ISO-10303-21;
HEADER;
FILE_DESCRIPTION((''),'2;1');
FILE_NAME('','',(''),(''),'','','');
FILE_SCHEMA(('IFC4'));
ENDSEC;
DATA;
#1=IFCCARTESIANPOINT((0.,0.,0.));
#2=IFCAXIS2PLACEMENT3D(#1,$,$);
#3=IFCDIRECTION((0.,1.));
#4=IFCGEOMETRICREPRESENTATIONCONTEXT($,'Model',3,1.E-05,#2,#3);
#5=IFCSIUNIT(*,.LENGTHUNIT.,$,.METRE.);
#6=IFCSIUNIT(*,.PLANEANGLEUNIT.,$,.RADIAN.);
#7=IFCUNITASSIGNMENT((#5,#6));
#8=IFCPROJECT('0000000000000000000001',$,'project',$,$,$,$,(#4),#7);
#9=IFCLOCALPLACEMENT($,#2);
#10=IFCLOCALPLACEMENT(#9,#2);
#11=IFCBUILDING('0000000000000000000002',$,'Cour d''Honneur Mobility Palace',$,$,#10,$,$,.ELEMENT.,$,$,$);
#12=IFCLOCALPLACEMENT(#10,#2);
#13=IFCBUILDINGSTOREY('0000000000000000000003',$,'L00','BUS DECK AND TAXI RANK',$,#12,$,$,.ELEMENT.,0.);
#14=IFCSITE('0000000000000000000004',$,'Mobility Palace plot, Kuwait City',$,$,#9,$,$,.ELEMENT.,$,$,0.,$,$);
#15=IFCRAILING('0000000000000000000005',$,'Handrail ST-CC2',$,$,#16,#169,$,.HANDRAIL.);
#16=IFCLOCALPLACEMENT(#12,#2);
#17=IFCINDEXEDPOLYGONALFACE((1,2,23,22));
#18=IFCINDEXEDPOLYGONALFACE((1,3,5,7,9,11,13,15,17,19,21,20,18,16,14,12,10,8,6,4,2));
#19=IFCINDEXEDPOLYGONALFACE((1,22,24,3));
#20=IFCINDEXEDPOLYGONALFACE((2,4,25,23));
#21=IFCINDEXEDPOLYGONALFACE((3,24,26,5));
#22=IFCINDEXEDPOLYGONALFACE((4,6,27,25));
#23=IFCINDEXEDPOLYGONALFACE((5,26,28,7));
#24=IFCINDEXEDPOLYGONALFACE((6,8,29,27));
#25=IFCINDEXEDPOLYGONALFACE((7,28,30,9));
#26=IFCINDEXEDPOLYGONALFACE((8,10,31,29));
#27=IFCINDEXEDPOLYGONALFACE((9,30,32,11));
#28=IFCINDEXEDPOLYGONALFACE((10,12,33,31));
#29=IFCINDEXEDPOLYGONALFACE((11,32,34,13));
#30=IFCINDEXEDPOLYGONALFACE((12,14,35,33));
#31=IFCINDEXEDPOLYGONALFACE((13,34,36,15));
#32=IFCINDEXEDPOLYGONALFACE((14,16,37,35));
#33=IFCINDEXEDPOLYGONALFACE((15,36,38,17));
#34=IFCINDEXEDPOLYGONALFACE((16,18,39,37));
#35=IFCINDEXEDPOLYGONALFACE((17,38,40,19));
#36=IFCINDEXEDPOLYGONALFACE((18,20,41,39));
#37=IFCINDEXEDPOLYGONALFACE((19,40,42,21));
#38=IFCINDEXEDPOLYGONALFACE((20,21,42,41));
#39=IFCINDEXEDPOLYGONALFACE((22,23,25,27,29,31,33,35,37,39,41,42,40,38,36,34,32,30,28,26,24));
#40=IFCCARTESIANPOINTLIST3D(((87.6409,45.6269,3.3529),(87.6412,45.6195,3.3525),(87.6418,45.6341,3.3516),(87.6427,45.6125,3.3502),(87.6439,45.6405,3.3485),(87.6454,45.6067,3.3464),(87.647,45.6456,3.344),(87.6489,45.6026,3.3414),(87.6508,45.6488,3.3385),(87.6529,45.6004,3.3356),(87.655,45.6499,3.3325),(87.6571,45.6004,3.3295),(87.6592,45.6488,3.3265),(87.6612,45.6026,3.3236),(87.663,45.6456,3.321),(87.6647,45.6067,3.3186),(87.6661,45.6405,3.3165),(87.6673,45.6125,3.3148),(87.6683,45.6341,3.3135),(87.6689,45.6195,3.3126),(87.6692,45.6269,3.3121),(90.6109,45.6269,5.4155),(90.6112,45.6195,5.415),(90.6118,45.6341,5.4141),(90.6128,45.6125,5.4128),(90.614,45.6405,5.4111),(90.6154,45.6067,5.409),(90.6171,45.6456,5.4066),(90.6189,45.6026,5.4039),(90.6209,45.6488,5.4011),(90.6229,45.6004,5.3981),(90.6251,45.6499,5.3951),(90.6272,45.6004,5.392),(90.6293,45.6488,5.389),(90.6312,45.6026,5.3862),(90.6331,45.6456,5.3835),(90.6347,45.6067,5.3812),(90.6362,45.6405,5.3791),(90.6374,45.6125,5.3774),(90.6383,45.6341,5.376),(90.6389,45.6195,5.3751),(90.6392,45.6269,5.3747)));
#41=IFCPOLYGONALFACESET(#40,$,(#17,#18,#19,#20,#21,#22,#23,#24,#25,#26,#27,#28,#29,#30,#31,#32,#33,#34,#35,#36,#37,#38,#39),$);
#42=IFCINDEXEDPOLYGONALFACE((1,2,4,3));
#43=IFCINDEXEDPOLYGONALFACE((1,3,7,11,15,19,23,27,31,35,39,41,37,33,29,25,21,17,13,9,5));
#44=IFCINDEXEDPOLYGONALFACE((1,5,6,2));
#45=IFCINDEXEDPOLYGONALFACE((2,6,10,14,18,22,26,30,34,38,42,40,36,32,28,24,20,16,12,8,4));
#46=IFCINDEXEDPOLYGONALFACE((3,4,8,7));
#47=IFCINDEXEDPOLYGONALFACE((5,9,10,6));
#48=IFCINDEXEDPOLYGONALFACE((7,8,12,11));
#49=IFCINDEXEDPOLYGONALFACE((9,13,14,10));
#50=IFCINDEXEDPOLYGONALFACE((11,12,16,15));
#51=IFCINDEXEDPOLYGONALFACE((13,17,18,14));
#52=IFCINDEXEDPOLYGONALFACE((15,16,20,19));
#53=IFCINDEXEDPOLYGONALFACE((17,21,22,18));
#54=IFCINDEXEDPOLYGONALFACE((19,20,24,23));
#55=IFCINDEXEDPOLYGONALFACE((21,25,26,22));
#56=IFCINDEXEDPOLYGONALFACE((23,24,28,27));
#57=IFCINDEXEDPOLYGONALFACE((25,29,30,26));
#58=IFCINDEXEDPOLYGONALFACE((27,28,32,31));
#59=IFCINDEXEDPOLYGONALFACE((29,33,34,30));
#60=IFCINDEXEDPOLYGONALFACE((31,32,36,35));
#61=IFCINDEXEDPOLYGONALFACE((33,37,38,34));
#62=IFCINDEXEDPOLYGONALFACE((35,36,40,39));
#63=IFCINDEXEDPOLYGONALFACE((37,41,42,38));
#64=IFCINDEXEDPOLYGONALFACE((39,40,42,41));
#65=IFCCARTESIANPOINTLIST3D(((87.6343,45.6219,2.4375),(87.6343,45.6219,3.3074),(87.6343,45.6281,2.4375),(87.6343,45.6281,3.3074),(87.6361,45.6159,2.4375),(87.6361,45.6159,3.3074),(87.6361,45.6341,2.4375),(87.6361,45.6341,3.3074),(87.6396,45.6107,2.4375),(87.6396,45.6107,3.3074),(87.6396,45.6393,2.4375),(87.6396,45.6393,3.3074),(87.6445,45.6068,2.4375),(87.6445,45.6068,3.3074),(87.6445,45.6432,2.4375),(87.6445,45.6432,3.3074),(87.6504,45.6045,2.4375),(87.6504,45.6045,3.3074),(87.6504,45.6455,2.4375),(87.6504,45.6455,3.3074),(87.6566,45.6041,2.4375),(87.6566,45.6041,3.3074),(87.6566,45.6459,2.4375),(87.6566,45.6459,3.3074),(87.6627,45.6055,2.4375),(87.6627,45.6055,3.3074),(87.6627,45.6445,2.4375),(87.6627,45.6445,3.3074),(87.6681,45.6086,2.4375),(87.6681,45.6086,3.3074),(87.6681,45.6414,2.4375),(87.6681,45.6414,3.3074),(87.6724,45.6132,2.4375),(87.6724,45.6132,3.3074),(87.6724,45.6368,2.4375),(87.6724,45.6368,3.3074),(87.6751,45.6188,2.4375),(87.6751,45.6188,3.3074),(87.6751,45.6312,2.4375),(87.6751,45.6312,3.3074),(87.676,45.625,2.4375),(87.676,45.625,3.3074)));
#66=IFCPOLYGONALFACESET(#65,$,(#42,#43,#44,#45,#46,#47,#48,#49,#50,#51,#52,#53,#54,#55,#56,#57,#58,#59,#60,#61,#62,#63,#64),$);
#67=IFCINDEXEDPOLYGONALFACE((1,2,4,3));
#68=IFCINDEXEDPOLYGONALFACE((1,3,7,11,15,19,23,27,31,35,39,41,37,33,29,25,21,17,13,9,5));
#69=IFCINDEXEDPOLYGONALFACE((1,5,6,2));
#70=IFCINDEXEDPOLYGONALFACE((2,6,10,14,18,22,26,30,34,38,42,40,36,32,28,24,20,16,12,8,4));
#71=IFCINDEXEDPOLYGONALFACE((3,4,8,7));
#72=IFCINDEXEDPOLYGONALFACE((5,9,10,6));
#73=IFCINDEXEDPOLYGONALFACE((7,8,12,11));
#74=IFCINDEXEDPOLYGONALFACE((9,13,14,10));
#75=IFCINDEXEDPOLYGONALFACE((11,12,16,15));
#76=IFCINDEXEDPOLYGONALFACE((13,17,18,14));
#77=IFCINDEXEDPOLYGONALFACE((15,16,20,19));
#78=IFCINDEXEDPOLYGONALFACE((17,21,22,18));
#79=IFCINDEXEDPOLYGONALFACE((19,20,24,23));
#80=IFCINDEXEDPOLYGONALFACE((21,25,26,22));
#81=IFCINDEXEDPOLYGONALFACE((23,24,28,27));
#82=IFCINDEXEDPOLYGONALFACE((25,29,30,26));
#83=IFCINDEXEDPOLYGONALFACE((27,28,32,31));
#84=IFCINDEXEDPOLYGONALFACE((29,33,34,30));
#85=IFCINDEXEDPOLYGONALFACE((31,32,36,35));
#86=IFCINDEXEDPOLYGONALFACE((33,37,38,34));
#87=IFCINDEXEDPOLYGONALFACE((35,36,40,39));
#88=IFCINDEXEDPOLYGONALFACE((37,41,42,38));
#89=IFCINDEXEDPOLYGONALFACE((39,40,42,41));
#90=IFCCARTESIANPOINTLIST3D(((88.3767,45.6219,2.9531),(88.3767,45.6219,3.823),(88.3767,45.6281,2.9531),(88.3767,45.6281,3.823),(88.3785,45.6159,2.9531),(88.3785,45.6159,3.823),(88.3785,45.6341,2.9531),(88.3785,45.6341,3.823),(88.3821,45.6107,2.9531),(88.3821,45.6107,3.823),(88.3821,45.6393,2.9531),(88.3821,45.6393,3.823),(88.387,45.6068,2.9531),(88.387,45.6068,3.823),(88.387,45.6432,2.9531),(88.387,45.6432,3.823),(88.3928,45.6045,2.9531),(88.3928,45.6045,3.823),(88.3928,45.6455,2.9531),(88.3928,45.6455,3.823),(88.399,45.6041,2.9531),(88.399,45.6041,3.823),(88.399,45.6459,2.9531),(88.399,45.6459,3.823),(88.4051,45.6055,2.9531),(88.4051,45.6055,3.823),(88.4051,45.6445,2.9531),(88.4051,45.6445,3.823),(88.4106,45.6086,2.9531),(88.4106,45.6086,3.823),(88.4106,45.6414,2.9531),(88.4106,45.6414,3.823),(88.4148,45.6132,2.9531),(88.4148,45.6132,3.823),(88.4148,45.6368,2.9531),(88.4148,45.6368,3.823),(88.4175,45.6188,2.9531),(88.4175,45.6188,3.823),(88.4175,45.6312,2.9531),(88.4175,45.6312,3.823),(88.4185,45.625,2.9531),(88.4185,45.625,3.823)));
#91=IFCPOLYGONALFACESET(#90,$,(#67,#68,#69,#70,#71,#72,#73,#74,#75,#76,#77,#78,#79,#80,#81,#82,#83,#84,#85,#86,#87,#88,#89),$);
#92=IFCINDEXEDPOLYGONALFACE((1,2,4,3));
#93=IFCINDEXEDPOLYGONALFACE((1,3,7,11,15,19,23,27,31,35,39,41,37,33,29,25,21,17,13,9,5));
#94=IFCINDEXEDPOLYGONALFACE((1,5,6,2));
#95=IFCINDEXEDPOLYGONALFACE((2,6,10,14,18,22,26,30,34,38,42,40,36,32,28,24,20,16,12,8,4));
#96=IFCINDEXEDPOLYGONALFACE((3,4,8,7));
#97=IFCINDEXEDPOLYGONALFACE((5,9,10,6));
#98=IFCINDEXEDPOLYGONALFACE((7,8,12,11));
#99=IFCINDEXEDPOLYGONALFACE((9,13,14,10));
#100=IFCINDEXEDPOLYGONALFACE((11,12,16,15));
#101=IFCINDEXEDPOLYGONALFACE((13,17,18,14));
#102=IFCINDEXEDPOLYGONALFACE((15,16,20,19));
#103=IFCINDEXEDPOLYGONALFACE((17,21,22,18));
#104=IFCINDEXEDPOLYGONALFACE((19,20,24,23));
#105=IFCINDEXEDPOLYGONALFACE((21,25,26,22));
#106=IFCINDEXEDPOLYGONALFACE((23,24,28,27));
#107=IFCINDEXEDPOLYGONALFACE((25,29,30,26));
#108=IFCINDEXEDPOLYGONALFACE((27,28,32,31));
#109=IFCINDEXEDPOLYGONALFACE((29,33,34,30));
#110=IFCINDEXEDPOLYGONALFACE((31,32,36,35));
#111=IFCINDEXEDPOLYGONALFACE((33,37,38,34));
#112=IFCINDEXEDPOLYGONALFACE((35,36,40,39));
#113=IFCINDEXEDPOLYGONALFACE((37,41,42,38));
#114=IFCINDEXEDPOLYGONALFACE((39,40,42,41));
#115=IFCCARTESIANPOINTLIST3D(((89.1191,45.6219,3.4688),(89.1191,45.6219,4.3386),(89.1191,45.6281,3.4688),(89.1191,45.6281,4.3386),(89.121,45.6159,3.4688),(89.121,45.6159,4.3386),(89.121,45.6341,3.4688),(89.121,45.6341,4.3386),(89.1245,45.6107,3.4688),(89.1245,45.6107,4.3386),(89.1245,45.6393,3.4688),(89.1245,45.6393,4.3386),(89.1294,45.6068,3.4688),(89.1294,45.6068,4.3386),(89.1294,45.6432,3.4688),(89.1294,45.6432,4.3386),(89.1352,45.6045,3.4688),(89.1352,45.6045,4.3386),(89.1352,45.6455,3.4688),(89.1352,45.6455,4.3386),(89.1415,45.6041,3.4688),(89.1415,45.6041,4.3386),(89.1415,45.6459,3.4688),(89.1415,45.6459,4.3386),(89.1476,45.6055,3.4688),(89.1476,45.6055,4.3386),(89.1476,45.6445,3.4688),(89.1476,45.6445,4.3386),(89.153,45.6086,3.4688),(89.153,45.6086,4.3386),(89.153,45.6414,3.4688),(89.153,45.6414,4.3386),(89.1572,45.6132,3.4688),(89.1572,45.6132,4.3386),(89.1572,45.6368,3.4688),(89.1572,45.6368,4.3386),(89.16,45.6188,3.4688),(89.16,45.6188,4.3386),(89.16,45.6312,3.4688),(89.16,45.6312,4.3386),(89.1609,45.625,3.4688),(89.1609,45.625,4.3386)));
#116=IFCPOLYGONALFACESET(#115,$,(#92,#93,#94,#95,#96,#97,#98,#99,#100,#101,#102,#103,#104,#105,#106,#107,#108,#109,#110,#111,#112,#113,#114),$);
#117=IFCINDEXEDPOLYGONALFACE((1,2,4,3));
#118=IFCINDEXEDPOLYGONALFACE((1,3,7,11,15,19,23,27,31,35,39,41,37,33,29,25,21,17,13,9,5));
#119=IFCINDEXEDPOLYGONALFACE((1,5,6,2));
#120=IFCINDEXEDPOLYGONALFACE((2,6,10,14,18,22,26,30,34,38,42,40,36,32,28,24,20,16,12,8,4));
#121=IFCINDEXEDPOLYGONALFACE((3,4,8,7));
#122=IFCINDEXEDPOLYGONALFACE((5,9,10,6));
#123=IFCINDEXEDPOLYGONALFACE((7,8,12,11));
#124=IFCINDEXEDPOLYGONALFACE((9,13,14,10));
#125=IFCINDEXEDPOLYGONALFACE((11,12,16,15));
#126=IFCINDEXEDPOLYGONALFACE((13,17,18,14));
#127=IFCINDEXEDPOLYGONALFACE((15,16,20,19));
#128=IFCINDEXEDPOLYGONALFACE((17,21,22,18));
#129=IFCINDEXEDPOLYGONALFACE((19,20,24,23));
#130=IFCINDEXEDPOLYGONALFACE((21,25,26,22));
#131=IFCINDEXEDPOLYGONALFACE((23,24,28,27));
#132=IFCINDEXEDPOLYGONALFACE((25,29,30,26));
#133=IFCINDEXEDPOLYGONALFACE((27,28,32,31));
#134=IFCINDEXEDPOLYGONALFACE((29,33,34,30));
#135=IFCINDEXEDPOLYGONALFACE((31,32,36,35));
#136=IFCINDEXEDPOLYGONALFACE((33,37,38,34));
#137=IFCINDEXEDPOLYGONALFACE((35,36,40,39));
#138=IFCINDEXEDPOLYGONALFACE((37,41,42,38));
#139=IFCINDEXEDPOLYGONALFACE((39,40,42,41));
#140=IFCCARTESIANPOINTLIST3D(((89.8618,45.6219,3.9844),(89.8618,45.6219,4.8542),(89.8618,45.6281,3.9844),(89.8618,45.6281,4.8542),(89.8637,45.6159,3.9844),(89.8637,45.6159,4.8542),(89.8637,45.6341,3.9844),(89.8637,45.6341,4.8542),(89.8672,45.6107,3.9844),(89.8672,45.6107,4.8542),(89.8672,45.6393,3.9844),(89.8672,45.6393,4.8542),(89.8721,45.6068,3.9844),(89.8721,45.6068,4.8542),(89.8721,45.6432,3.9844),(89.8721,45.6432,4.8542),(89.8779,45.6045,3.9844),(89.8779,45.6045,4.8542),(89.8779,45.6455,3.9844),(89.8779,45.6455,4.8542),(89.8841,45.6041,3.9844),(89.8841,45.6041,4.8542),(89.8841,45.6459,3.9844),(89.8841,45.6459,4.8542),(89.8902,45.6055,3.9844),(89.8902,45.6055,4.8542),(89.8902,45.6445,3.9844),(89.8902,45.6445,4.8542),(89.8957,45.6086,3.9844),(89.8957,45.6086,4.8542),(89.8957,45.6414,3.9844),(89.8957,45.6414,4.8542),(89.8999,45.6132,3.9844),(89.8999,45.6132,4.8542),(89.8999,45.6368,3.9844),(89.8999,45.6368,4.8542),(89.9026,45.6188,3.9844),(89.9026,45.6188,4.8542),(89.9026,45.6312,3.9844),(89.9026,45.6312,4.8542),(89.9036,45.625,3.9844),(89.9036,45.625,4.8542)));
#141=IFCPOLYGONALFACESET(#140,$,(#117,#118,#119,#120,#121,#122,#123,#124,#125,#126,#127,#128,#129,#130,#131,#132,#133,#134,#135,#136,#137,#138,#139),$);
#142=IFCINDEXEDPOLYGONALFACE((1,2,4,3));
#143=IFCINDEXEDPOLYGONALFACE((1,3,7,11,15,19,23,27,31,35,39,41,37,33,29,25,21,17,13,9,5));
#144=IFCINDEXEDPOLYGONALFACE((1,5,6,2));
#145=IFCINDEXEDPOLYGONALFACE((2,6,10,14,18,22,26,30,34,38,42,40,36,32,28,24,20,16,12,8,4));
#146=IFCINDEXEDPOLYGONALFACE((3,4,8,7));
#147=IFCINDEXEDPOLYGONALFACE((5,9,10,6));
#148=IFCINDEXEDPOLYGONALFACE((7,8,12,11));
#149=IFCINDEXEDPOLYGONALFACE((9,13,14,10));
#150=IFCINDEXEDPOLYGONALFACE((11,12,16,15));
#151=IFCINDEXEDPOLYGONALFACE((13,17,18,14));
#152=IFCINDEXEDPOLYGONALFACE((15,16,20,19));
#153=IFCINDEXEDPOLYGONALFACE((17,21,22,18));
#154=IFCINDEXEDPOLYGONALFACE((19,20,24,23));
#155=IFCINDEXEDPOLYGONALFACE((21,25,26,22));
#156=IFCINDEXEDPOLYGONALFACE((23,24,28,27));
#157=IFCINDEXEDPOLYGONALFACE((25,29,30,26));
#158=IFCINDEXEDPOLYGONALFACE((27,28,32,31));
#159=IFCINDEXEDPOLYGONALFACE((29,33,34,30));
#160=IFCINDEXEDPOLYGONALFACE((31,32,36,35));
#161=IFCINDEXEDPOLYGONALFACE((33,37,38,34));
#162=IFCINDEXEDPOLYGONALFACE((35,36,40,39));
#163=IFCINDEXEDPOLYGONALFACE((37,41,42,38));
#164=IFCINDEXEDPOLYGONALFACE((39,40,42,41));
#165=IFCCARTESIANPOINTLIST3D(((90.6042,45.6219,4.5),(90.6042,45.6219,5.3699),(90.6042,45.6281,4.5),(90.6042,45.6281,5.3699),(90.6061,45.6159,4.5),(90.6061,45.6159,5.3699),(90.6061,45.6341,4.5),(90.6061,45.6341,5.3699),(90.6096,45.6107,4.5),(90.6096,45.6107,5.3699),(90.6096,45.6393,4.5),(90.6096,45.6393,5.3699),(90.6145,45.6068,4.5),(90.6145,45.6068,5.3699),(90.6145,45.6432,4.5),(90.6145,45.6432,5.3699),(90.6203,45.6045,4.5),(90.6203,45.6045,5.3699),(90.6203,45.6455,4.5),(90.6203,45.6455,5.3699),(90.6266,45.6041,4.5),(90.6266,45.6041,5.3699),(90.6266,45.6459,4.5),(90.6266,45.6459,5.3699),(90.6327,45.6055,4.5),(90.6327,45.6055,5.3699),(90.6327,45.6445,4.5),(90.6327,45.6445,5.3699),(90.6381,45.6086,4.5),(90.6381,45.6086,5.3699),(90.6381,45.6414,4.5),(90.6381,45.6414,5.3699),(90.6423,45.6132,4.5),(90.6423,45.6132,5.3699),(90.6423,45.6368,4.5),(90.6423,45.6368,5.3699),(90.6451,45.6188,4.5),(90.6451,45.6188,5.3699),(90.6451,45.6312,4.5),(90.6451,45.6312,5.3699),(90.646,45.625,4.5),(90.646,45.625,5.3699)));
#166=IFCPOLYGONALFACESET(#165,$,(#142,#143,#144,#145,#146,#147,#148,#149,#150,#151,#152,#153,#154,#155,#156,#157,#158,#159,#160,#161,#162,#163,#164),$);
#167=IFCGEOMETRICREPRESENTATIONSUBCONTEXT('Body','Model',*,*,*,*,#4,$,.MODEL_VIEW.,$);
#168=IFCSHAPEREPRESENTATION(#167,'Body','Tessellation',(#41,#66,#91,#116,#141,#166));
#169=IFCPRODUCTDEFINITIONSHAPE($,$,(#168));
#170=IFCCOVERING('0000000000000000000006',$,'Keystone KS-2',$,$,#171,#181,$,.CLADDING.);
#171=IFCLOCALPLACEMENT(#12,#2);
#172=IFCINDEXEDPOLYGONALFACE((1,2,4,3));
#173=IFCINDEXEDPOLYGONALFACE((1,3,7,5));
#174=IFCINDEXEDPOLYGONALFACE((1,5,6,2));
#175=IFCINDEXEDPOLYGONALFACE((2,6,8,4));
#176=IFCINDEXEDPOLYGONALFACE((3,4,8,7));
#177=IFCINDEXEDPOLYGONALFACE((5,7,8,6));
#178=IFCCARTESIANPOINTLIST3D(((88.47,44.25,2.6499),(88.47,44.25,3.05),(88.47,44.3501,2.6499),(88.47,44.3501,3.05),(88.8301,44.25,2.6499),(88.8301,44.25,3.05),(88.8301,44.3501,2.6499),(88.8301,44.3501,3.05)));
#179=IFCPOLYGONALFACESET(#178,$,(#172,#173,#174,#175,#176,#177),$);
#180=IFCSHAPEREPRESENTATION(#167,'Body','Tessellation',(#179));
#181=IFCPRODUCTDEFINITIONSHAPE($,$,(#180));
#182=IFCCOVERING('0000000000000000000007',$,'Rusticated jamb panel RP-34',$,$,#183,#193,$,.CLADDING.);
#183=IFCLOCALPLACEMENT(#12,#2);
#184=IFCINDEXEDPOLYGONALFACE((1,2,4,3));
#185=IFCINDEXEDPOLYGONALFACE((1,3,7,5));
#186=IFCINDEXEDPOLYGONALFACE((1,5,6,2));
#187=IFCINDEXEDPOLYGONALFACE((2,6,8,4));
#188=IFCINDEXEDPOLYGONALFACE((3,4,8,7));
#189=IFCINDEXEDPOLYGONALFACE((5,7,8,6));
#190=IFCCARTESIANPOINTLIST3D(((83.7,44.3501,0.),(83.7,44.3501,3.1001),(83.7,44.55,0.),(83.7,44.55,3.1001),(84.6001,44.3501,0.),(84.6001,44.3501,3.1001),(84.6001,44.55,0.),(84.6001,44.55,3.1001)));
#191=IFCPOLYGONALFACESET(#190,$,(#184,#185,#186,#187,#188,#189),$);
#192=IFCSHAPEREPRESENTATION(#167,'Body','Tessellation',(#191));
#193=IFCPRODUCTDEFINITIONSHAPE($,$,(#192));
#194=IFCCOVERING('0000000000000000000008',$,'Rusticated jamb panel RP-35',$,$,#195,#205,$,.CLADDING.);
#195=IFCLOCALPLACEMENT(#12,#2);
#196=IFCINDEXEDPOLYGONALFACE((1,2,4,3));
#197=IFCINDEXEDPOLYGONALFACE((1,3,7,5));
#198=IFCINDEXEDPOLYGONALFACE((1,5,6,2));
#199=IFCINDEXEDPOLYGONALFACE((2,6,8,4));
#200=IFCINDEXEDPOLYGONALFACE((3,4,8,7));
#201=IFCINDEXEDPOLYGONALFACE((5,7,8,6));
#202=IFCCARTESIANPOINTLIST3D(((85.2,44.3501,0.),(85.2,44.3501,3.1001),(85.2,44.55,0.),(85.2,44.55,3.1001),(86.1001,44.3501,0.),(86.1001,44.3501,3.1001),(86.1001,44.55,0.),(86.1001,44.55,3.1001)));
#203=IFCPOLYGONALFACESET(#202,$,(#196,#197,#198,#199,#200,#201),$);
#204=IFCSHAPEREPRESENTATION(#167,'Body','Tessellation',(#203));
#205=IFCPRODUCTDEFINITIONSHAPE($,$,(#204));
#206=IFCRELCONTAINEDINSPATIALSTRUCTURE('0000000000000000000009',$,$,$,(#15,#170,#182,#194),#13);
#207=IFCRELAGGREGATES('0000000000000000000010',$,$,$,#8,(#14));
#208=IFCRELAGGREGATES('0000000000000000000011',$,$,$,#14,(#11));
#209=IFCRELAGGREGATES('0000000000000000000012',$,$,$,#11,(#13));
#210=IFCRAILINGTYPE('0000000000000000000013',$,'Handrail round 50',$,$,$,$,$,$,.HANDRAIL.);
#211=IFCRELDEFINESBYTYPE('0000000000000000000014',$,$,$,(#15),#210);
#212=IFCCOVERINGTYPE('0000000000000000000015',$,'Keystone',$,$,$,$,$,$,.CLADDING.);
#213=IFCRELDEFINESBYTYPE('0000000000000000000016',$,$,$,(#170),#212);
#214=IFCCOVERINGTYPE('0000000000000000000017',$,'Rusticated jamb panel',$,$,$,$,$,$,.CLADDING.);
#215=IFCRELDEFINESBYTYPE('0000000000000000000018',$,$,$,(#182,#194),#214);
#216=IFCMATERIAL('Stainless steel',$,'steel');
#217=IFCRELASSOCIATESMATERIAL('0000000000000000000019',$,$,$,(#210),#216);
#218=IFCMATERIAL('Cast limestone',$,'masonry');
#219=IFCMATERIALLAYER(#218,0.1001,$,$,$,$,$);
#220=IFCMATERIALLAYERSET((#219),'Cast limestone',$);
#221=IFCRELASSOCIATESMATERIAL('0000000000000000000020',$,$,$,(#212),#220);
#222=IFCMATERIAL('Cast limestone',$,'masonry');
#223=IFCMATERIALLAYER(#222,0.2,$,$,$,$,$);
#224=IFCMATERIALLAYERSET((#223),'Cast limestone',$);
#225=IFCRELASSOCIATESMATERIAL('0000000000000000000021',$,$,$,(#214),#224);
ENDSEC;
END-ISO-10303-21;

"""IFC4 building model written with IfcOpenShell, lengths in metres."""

from ifc_helpers import new_model, si_unit, direction, frame, origin, origin_2d, place, context, subcontext, project, spatial, polyline, circle, outline, extrude, material, layer, layer_set, type_object, element, save


model = new_model("IFC4")

# Units and contexts
model_context = context("Model", 3, precision=1e-05, world=origin(), true_north=direction((0.0, 1.0)))
body_context = subcontext(model_context, "Body", "Model", "MODEL_VIEW")
ifc_project = project(units=[si_unit("LENGTHUNIT", "METRE"), si_unit("PLANEANGLEUNIT", "RADIAN")], contexts=[model_context])

# Site, building, storey
site_placement = place(None, origin())
site = spatial("IfcSite", under=ifc_project, at=site_placement, Name="Mobility Palace plot, Kuwait City", CompositionType="ELEMENT", RefElevation=0.0)
building_placement = place(site_placement, origin())
building = spatial("IfcBuilding", under=site, at=building_placement, Name="Cour d'Honneur Mobility Palace", CompositionType="ELEMENT")
storey_placement = place(building_placement, origin())
storey = spatial("IfcBuildingStorey", under=building, at=storey_placement, Name="L00", Description="BUS DECK AND TAXI RANK", CompositionType="ELEMENT", Elevation=0.0)

# Railing
ifc_material_1 = material(Name="Stainless steel", Category="steel")
railing_type = type_object("IfcRailingType", Name="Handrail round 50", PredefinedType="HANDRAIL", material=ifc_material_1)
for number, where, name in (
    (1, (87.655, 45.625, 2.4375), "Handrail ST-CC2"),
):
    element("IfcRailing", number, at=place(storey_placement, frame(where)), inside=storey, type_object=railing_type, Name=name, PredefinedType="HANDRAIL", context=body_context, shape_type="SweptSolid", body=[
        extrude(circle(Radius=0.0249, at=origin_2d()), frame((0.0, 0.0, 0.895), z_axis=(0.821367, 0.0, 0.5704), x_axis=(0.0, 1.0, 0.0)), (0.0, 0.0, 1.0), 3.616),
        extrude(circle(Radius=0.021, at=origin_2d()), origin(), (0.0, 0.0, 1.0), 0.8699),
        extrude(circle(Radius=0.021, at=origin_2d()), frame((0.7424, 0.0, 0.5156)), (0.0, 0.0, 1.0), 0.8699),
        extrude(circle(Radius=0.021, at=origin_2d()), frame((1.4849, 0.0, 1.0312)), (0.0, 0.0, 1.0), 0.8699),
        extrude(circle(Radius=0.021, at=origin_2d()), frame((2.2275, 0.0, 1.5469)), (0.0, 0.0, 1.0), 0.8699),
        extrude(circle(Radius=0.021, at=origin_2d()), frame((2.97, 0.0, 2.0625)), (0.0, 0.0, 1.0), 0.8699),
    ])

# Coverings
ifc_material_2 = material(Name="Cast limestone", Category="masonry")
ifc_layer_1 = layer(ifc_material_2, 0.1001)
ifc_layer_set_1 = layer_set([ifc_layer_1], Name="Cast limestone")
covering_type_1 = type_object("IfcCoveringType", Name="Keystone", PredefinedType="CLADDING", material=ifc_layer_set_1)
covering_1_placement = place(storey_placement, frame((88.47, 44.25, 2.6499), z_axis=(0.0, -1.0, 0.0), x_axis=(1.0, 0.0, 0.0)))
element("IfcCovering", 2, at=covering_1_placement, inside=storey, type_object=covering_type_1, Name="Keystone KS-2", PredefinedType="CLADDING", context=body_context, shape_type="SweptSolid", body=[
    extrude(outline(polyline([(0.0, 0.0), (0.3601, 0.0), (0.3601, 0.4001), (0.0, 0.4001), (0.0, 0.0)])), origin(), (0.0, 0.0, -1.0), 0.1001),
])
ifc_material_3 = material(Name="Cast limestone", Category="masonry")
ifc_layer_2 = layer(ifc_material_3, 0.2)
ifc_layer_set_2 = layer_set([ifc_layer_2], Name="Cast limestone")
covering_type_2 = type_object("IfcCoveringType", Name="Rusticated jamb panel", PredefinedType="CLADDING", material=ifc_layer_set_2)
for number, where, z_axis, x_axis, name in (
    (3, (83.7, 44.3501, 0.0), (0.0, -1.0, 0.0), (1.0, 0.0, 0.0), "Rusticated jamb panel RP-34"),
    (4, (85.2, 44.3501, 0.0), (0.0, -1.0, 0.0), (1.0, 0.0, 0.0), "Rusticated jamb panel RP-35"),
):
    element("IfcCovering", number, at=place(storey_placement, frame(where, z_axis=z_axis, x_axis=x_axis)), inside=storey, type_object=covering_type_2, Name=name, PredefinedType="CLADDING", context=body_context, shape_type="SweptSolid", body=[
        extrude(outline(polyline([(0.0, 0.0), (0.9001, 0.0), (0.9001, 3.1001), (0.0, 3.1001), (0.0, 0.0)])), origin(), (0.0, 0.0, -1.0), 0.2),
    ])

save(model, "model.ifc")
